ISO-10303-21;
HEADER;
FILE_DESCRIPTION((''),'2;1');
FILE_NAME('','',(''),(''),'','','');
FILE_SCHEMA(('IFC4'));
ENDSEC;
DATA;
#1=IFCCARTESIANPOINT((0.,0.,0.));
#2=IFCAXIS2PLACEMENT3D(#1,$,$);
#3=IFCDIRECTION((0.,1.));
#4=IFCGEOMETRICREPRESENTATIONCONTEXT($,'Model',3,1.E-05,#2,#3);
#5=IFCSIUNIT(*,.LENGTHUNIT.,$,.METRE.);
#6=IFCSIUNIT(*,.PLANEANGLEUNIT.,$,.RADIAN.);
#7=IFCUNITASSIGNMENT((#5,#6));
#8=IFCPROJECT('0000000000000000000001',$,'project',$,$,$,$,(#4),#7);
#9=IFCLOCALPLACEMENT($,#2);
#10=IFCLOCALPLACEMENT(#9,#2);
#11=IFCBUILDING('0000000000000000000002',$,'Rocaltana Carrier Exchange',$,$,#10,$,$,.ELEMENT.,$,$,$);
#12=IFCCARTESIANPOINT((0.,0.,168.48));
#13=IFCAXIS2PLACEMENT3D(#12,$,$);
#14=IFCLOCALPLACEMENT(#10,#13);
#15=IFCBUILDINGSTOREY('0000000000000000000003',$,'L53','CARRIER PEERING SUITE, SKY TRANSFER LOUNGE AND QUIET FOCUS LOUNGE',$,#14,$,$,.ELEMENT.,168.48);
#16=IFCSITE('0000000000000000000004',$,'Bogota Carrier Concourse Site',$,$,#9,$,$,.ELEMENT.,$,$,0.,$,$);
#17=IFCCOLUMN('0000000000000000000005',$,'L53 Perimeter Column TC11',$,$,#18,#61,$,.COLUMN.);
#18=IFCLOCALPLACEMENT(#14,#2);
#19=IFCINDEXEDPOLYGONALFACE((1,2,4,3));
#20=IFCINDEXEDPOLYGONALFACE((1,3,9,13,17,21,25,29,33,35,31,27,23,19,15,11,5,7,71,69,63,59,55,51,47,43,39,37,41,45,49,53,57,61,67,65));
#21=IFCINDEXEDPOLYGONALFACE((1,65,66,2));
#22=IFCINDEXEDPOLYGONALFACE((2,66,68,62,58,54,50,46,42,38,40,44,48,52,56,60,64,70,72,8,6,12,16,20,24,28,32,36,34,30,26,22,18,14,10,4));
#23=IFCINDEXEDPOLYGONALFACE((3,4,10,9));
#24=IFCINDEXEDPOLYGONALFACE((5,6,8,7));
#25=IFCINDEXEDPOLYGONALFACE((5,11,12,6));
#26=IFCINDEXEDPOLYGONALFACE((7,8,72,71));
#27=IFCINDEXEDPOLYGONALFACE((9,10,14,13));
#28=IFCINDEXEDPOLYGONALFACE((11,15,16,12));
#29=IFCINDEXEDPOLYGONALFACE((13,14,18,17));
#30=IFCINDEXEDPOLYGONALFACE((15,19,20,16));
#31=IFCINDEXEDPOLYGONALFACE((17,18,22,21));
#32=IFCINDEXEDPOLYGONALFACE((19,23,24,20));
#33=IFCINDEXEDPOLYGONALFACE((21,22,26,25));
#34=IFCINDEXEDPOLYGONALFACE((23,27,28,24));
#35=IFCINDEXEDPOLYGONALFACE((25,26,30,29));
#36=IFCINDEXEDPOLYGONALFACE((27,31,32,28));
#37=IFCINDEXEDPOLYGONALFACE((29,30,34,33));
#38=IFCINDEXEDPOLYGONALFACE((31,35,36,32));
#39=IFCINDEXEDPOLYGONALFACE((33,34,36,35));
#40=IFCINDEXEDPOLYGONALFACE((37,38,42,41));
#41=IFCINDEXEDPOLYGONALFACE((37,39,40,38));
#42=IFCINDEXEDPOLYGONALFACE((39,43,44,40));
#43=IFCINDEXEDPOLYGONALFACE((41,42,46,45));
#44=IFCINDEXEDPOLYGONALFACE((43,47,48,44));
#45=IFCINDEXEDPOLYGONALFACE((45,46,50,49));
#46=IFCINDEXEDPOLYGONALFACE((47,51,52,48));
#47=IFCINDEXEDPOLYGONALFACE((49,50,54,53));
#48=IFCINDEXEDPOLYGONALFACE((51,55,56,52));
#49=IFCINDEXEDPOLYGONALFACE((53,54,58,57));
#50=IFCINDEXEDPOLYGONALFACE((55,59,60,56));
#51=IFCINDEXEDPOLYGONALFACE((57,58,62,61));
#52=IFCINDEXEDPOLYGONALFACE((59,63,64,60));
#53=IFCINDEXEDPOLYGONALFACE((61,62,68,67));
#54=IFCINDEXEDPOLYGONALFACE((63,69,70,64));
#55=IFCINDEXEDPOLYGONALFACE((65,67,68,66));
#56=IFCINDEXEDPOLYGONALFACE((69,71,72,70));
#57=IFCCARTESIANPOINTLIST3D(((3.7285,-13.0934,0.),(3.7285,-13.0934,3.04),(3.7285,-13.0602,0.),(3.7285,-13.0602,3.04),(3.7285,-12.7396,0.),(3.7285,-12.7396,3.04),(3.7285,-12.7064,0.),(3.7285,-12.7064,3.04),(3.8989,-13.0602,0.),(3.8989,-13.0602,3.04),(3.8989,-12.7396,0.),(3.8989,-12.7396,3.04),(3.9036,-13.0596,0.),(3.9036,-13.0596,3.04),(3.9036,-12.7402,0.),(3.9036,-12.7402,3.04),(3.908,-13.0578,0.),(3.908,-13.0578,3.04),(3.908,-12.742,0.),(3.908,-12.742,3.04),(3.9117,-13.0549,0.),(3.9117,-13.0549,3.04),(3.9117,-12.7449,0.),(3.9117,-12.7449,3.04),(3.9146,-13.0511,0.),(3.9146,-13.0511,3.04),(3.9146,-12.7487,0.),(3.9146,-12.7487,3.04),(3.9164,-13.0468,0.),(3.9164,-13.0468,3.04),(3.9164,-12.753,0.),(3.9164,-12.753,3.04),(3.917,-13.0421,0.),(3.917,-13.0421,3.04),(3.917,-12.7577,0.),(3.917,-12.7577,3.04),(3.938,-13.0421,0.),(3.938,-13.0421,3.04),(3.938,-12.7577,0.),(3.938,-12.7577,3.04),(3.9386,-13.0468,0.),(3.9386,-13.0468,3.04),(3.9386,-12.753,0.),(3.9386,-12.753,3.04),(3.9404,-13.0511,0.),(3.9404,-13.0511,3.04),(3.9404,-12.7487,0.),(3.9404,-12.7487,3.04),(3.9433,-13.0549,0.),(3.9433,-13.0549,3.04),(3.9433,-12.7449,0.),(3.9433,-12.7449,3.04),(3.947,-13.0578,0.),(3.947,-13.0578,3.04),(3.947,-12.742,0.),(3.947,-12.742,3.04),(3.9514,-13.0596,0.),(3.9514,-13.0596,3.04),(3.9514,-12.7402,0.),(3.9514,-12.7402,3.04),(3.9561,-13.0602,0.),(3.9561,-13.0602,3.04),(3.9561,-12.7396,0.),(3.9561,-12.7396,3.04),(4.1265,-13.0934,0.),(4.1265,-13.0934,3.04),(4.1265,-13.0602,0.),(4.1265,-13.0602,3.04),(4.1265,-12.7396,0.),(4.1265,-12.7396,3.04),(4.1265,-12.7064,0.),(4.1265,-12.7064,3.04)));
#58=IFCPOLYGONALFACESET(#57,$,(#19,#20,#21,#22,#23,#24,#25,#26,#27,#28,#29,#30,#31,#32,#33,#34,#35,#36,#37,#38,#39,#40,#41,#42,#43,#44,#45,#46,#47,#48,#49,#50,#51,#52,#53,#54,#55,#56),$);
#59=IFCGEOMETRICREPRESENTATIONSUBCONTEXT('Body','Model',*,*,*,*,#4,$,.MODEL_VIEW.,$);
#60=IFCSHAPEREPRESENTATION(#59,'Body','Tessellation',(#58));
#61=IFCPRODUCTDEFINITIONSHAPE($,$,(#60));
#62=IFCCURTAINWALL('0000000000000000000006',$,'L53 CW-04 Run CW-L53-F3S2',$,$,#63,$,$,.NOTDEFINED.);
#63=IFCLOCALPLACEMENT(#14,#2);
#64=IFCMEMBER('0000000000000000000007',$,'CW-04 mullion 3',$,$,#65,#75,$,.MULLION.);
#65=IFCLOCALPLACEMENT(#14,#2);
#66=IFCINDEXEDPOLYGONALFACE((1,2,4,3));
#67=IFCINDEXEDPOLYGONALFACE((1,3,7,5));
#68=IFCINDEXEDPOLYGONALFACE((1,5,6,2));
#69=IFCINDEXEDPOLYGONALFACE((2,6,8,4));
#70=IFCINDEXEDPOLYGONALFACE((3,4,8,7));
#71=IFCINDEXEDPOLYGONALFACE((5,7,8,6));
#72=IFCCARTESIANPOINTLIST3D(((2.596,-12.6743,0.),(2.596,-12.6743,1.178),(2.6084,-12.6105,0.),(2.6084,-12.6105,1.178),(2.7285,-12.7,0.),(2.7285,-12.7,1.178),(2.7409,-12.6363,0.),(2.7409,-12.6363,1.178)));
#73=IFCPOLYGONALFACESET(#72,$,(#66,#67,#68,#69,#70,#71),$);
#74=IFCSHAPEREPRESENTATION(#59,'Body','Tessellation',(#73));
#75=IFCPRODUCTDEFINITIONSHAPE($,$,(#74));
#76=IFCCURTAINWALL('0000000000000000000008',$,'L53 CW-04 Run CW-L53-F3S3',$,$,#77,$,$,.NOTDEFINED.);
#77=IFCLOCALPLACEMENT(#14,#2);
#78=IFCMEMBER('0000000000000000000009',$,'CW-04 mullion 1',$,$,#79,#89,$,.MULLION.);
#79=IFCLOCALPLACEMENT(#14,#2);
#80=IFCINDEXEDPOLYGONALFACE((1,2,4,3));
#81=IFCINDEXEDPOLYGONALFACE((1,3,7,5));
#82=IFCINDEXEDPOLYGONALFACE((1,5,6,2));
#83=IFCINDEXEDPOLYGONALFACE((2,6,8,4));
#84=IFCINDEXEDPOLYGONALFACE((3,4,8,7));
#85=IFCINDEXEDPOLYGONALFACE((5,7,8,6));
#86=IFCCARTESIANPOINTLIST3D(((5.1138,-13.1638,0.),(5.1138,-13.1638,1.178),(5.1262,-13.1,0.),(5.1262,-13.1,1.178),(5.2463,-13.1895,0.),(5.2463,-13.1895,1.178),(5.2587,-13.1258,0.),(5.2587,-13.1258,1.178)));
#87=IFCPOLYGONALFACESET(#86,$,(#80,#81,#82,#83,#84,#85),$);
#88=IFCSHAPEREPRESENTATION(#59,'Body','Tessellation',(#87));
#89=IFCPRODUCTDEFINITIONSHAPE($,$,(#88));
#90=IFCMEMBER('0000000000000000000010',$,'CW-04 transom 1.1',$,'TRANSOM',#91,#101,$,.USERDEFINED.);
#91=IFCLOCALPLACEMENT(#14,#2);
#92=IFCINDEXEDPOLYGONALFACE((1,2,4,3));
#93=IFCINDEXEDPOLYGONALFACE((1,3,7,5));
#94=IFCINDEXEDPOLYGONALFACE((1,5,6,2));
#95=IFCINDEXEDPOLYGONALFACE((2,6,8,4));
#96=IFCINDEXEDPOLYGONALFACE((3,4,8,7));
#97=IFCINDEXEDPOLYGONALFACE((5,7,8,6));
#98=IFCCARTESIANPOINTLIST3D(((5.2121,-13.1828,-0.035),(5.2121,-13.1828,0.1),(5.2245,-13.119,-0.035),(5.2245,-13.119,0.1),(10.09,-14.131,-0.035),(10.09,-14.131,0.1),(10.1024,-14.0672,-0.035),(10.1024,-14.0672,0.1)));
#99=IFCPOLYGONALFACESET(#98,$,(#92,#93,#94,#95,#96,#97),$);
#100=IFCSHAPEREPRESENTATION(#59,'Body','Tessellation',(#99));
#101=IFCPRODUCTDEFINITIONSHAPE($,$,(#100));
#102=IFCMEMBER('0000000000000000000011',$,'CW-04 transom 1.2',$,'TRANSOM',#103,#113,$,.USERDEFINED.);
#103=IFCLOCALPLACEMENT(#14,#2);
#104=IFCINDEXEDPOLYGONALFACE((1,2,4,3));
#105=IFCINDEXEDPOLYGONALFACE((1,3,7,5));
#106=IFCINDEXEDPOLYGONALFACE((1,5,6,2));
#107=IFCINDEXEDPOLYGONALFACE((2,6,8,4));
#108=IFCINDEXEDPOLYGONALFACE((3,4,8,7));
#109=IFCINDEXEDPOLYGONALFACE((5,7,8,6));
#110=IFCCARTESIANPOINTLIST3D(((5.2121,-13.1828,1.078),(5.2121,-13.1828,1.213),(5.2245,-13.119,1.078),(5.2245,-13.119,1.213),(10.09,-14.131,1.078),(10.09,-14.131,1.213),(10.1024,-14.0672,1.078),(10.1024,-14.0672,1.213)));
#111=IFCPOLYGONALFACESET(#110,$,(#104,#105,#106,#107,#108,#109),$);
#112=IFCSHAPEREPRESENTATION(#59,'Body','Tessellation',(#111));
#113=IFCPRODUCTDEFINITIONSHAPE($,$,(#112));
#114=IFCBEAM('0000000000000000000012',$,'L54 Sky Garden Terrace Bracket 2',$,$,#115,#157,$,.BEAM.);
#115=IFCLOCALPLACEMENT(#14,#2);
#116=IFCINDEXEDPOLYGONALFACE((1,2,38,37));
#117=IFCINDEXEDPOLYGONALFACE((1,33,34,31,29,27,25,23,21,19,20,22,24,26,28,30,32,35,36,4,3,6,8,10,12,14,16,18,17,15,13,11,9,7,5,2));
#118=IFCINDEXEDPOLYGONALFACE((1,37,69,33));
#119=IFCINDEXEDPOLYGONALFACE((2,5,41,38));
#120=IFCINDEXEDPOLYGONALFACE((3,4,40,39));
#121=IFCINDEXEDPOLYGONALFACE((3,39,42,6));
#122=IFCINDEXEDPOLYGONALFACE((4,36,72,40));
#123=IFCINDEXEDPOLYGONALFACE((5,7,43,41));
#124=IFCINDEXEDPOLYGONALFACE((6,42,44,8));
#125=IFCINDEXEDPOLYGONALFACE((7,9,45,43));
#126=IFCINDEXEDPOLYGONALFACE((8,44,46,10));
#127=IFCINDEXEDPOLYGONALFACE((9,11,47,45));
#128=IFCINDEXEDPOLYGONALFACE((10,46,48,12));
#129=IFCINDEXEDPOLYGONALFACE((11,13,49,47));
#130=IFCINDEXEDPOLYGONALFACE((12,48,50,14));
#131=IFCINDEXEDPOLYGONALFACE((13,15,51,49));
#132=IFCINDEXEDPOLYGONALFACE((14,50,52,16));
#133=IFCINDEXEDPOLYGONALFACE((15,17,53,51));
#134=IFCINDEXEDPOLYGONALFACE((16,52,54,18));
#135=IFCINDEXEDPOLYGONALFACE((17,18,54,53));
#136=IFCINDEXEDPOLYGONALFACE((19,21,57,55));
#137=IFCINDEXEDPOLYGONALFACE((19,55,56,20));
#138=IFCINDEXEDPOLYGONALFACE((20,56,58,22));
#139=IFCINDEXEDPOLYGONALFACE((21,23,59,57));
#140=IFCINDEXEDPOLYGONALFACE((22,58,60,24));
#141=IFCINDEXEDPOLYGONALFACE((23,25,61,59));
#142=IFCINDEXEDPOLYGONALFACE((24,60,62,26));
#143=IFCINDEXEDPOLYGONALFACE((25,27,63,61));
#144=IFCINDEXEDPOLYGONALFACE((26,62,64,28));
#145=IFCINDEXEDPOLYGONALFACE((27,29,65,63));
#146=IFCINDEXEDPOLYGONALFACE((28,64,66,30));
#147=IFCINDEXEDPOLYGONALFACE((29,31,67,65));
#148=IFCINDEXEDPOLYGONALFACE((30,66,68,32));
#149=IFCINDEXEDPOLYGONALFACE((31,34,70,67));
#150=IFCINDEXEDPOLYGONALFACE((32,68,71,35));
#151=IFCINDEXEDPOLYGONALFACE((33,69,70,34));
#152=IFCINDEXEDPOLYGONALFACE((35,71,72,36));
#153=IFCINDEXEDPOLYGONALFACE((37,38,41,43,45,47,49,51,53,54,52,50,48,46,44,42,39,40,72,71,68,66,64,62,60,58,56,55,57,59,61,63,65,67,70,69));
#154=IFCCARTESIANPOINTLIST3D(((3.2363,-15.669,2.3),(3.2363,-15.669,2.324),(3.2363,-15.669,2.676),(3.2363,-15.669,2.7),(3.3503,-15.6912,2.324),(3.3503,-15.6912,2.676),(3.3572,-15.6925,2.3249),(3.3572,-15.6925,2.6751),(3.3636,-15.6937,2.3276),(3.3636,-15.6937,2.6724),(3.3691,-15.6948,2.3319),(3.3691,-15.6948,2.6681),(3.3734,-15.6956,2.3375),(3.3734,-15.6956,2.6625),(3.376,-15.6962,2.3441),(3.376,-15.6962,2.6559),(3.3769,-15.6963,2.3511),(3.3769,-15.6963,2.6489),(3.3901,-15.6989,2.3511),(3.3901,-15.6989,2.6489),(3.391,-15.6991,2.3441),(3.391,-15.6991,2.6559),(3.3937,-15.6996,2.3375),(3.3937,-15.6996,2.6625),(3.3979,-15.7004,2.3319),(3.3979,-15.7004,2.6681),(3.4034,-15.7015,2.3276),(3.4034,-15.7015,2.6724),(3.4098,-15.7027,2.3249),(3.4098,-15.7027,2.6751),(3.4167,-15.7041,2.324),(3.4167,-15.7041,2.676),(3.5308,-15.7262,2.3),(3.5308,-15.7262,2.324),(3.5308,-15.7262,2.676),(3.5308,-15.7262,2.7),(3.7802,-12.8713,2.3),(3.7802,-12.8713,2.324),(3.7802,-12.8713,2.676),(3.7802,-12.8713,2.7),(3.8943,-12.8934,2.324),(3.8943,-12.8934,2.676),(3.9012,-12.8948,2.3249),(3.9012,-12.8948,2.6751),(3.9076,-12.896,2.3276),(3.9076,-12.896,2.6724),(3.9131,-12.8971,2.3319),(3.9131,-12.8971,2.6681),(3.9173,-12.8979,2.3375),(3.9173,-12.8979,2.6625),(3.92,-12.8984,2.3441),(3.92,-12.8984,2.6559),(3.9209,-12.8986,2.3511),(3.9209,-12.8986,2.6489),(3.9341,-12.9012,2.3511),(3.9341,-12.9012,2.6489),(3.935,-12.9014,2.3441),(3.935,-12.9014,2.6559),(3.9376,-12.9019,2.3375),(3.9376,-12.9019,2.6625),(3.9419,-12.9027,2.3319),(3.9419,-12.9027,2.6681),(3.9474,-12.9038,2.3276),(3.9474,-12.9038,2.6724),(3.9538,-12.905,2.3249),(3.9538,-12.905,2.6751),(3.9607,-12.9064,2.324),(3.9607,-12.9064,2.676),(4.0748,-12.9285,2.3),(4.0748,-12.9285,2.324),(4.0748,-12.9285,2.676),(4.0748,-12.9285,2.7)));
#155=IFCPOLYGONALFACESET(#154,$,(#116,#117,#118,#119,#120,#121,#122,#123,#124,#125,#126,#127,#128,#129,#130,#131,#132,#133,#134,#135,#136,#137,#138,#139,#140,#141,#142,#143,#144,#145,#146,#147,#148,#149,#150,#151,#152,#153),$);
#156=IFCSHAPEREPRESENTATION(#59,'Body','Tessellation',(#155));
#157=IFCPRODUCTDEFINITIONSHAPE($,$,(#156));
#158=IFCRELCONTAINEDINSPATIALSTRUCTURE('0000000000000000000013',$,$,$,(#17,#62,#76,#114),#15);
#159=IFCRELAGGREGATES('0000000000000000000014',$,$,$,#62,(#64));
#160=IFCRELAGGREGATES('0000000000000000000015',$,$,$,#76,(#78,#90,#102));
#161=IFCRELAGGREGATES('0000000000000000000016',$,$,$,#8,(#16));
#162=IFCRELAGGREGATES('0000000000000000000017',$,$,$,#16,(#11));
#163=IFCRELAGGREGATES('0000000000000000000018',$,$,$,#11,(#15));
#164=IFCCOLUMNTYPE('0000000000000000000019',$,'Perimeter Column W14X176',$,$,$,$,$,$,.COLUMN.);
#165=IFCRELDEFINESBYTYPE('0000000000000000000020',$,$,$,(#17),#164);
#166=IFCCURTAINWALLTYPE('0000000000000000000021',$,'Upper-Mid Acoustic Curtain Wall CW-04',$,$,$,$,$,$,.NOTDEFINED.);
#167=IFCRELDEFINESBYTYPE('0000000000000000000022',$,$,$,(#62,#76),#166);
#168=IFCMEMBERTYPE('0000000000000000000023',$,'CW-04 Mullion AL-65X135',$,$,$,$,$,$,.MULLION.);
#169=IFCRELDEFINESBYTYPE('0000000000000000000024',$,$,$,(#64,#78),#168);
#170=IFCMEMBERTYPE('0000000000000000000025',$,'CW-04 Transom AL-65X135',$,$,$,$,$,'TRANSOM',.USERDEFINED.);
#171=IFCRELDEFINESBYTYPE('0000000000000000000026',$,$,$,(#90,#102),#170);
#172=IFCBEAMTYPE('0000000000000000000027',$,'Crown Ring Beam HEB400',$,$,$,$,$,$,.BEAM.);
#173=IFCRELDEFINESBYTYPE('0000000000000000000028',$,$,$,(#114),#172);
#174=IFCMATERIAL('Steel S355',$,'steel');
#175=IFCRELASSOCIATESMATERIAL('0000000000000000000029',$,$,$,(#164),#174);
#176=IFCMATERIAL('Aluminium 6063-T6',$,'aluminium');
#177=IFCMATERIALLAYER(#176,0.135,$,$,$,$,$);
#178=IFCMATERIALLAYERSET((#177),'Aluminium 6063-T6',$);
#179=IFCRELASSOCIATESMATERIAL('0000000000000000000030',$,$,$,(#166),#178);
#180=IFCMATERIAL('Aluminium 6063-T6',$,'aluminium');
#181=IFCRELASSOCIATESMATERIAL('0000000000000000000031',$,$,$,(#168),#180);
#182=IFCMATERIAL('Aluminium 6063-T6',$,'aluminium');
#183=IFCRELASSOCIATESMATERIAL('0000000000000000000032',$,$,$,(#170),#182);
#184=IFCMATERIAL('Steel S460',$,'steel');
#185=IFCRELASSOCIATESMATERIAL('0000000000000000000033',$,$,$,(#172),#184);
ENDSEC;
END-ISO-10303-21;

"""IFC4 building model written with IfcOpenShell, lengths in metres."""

from ifc_helpers import new_model, si_unit, direction, frame, origin, origin_2d, place, context, subcontext, project, spatial, rectangle, i_section, extrude, material, layer, layer_set, material_profile, profile_set, type_object, element, aggregate, save


model = new_model("IFC4")

# Units and contexts
model_context = context("Model", 3, precision=1e-05, world=origin(), true_north=direction((0.0, 1.0)))
body_context = subcontext(model_context, "Body", "Model", "MODEL_VIEW")
ifc_project = project(units=[si_unit("LENGTHUNIT", "METRE"), si_unit("PLANEANGLEUNIT", "RADIAN")], contexts=[model_context])

# Site, building, storey
site_placement = place(None, origin())
site = spatial("IfcSite", under=ifc_project, at=site_placement, Name="Bogota Carrier Concourse Site", CompositionType="ELEMENT", RefElevation=0.0)
building_placement = place(site_placement, origin())
building = spatial("IfcBuilding", under=site, at=building_placement, Name="Rocaltana Carrier Exchange", CompositionType="ELEMENT")
storey_placement = place(building_placement, frame((0.0, 0.0, 168.48)))
storey = spatial("IfcBuildingStorey", under=building, at=storey_placement, Name="L53", Description="CARRIER PEERING SUITE, SKY TRANSFER LOUNGE AND QUIET FOCUS LOUNGE", CompositionType="ELEMENT", Elevation=168.48)

# Column
ifc_material_1 = material(Name="Steel S355", Category="steel")
ifc_material_profile_1 = material_profile(ifc_material_1, i_section(OverallWidth=0.3979, OverallDepth=0.387, WebThickness=0.021, FlangeThickness=0.0332, FilletRadius=0.0181, at=origin_2d()), Name="W14X176")
ifc_profile_set_1 = profile_set([ifc_material_profile_1], Name="Steel S355")
column_type = type_object("IfcColumnType", Name="Perimeter Column W14X176", PredefinedType="COLUMN", material=ifc_profile_set_1)
column_placement = place(storey_placement, frame((3.9275, -12.8999, 0.0), z_axis=(0.0, 0.0, 1.0), x_axis=(1.0, 0.0, 0.0)))
element("IfcColumn", 1, at=column_placement, inside=storey, type_object=column_type, Name="L53 Perimeter Column TC11", PredefinedType="COLUMN", context=body_context, shape_type="SweptSolid", body=[
    extrude(i_section(OverallWidth=0.3979, OverallDepth=0.387, WebThickness=0.021, FlangeThickness=0.0332, FilletRadius=0.0181, at=origin_2d()), origin(), (0.0, 0.0, 1.0), 3.04),
])

# Curtain wall, member
ifc_material_2 = material(Name="Aluminium 6063-T6", Category="aluminium")
ifc_layer_1 = layer(ifc_material_2, 0.135)
ifc_layer_set_1 = layer_set([ifc_layer_1], Name="Aluminium 6063-T6")
curtain_wall_type = type_object("IfcCurtainWallType", Name="Upper-Mid Acoustic Curtain Wall CW-04", PredefinedType="NOTDEFINED", material=ifc_layer_set_1)
curtain_wall_1_placement = place(storey_placement, origin())
curtain_wall_1 = element("IfcCurtainWall", 2, at=curtain_wall_1_placement, inside=storey, type_object=curtain_wall_type, Name="L53 CW-04 Run CW-L53-F3S2", PredefinedType="NOTDEFINED")
ifc_material_3 = material(Name="Aluminium 6063-T6", Category="aluminium")
ifc_material_profile_2 = material_profile(ifc_material_3, rectangle(XDim=0.0649, YDim=0.135, at=origin_2d()), Name="AL-65X135")
ifc_profile_set_2 = profile_set([ifc_material_profile_2], Name="Aluminium 6063-T6")
member_type_1 = type_object("IfcMemberType", Name="CW-04 Mullion AL-65X135", PredefinedType="MULLION", material=ifc_profile_set_2)
member_1_placement = place(storey_placement, frame((2.6685, -12.6553, 0.0), z_axis=(0.0, 0.0, 1.0), x_axis=(0.190815, 0.981626, 0.0)))
member_1 = element("IfcMember", 3, at=member_1_placement, type_object=member_type_1, Name="CW-04 mullion 3", PredefinedType="MULLION", context=body_context, shape_type="SweptSolid", body=[
    extrude(rectangle(XDim=0.0649, YDim=0.135, at=origin_2d()), origin(), (0.0, 0.0, 1.0), 1.178),
])

# Curtain wall, members
curtain_wall_2_placement = place(storey_placement, origin())
curtain_wall_2 = element("IfcCurtainWall", 4, at=curtain_wall_2_placement, inside=storey, type_object=curtain_wall_type, Name="L53 CW-04 Run CW-L53-F3S3", PredefinedType="NOTDEFINED")
member_2_placement = place(storey_placement, frame((5.1863, -13.1448, 0.0), z_axis=(0.0, 0.0, 1.0), x_axis=(0.190805, 0.981628, 0.0)))
member_2 = element("IfcMember", 5, at=member_2_placement, type_object=member_type_1, Name="CW-04 mullion 1", PredefinedType="MULLION", context=body_context, shape_type="SweptSolid", body=[
    extrude(rectangle(XDim=0.0649, YDim=0.135, at=origin_2d()), origin(), (0.0, 0.0, 1.0), 1.178),
])
ifc_material_4 = material(Name="Aluminium 6063-T6", Category="aluminium")
ifc_material_profile_3 = material_profile(ifc_material_4, rectangle(XDim=0.0649, YDim=0.135, at=origin_2d()), Name="AL-65X135")
ifc_profile_set_3 = profile_set([ifc_material_profile_3], Name="Aluminium 6063-T6")
member_type_2 = type_object("IfcMemberType", Name="CW-04 Transom AL-65X135", ElementType="TRANSOM", PredefinedType="USERDEFINED", material=ifc_profile_set_3)
member_3_placement = place(storey_placement, frame((5.2183, -13.1509, 0.0325), z_axis=(0.981625, -0.190822, 0.0), x_axis=(0.190822, 0.981625, 0.0)))
member_3 = element("IfcMember", 6, at=member_3_placement, type_object=member_type_2, Name="CW-04 transom 1.1", ObjectType="TRANSOM", PredefinedType="USERDEFINED", context=body_context, shape_type="SweptSolid", body=[
    extrude(rectangle(XDim=0.0649, YDim=0.135, at=origin_2d()), origin(), (0.0, 0.0, 1.0), 4.9692),
])
member_4_placement = place(storey_placement, frame((5.2183, -13.1509, 1.1455), z_axis=(0.981625, -0.190822, 0.0), x_axis=(0.190822, 0.981625, 0.0)))
member_4 = element("IfcMember", 7, at=member_4_placement, type_object=member_type_2, Name="CW-04 transom 1.2", ObjectType="TRANSOM", PredefinedType="USERDEFINED", context=body_context, shape_type="SweptSolid", body=[
    extrude(rectangle(XDim=0.0649, YDim=0.135, at=origin_2d()), origin(), (0.0, 0.0, 1.0), 4.9692),
])

# Beam
ifc_material_5 = material(Name="Steel S460", Category="steel")
ifc_material_profile_4 = material_profile(ifc_material_5, i_section(OverallWidth=0.3, OverallDepth=0.3999, WebThickness=0.0134, FlangeThickness=0.0239, FilletRadius=0.0271, at=origin_2d()), Name="HEB400")
ifc_profile_set_4 = profile_set([ifc_material_profile_4], Name="Steel S460")
beam_type_1 = type_object("IfcBeamType", Name="Crown Ring Beam HEB400", PredefinedType="BEAM", material=ifc_profile_set_4)
beam_1_placement = place(storey_placement, frame((3.9275, -12.8999, 2.5), z_axis=(-0.190858, -0.981618, 0.0), x_axis=(0.981618, -0.190858, 0.0)))
element("IfcBeam", 8, at=beam_1_placement, inside=storey, type_object=beam_type_1, Name="L54 Sky Garden Terrace Bracket 2", PredefinedType="BEAM", context=body_context, shape_type="SweptSolid", body=[
    extrude(i_section(OverallWidth=0.3, OverallDepth=0.3999, WebThickness=0.0134, FlangeThickness=0.0239, FilletRadius=0.0271, at=origin_2d()), origin(), (0.0, 0.0, 1.0), 2.8501),
])

aggregate(curtain_wall_1, [member_1])
aggregate(curtain_wall_2, [member_2, member_3, member_4])

save(model, "model.ifc")
